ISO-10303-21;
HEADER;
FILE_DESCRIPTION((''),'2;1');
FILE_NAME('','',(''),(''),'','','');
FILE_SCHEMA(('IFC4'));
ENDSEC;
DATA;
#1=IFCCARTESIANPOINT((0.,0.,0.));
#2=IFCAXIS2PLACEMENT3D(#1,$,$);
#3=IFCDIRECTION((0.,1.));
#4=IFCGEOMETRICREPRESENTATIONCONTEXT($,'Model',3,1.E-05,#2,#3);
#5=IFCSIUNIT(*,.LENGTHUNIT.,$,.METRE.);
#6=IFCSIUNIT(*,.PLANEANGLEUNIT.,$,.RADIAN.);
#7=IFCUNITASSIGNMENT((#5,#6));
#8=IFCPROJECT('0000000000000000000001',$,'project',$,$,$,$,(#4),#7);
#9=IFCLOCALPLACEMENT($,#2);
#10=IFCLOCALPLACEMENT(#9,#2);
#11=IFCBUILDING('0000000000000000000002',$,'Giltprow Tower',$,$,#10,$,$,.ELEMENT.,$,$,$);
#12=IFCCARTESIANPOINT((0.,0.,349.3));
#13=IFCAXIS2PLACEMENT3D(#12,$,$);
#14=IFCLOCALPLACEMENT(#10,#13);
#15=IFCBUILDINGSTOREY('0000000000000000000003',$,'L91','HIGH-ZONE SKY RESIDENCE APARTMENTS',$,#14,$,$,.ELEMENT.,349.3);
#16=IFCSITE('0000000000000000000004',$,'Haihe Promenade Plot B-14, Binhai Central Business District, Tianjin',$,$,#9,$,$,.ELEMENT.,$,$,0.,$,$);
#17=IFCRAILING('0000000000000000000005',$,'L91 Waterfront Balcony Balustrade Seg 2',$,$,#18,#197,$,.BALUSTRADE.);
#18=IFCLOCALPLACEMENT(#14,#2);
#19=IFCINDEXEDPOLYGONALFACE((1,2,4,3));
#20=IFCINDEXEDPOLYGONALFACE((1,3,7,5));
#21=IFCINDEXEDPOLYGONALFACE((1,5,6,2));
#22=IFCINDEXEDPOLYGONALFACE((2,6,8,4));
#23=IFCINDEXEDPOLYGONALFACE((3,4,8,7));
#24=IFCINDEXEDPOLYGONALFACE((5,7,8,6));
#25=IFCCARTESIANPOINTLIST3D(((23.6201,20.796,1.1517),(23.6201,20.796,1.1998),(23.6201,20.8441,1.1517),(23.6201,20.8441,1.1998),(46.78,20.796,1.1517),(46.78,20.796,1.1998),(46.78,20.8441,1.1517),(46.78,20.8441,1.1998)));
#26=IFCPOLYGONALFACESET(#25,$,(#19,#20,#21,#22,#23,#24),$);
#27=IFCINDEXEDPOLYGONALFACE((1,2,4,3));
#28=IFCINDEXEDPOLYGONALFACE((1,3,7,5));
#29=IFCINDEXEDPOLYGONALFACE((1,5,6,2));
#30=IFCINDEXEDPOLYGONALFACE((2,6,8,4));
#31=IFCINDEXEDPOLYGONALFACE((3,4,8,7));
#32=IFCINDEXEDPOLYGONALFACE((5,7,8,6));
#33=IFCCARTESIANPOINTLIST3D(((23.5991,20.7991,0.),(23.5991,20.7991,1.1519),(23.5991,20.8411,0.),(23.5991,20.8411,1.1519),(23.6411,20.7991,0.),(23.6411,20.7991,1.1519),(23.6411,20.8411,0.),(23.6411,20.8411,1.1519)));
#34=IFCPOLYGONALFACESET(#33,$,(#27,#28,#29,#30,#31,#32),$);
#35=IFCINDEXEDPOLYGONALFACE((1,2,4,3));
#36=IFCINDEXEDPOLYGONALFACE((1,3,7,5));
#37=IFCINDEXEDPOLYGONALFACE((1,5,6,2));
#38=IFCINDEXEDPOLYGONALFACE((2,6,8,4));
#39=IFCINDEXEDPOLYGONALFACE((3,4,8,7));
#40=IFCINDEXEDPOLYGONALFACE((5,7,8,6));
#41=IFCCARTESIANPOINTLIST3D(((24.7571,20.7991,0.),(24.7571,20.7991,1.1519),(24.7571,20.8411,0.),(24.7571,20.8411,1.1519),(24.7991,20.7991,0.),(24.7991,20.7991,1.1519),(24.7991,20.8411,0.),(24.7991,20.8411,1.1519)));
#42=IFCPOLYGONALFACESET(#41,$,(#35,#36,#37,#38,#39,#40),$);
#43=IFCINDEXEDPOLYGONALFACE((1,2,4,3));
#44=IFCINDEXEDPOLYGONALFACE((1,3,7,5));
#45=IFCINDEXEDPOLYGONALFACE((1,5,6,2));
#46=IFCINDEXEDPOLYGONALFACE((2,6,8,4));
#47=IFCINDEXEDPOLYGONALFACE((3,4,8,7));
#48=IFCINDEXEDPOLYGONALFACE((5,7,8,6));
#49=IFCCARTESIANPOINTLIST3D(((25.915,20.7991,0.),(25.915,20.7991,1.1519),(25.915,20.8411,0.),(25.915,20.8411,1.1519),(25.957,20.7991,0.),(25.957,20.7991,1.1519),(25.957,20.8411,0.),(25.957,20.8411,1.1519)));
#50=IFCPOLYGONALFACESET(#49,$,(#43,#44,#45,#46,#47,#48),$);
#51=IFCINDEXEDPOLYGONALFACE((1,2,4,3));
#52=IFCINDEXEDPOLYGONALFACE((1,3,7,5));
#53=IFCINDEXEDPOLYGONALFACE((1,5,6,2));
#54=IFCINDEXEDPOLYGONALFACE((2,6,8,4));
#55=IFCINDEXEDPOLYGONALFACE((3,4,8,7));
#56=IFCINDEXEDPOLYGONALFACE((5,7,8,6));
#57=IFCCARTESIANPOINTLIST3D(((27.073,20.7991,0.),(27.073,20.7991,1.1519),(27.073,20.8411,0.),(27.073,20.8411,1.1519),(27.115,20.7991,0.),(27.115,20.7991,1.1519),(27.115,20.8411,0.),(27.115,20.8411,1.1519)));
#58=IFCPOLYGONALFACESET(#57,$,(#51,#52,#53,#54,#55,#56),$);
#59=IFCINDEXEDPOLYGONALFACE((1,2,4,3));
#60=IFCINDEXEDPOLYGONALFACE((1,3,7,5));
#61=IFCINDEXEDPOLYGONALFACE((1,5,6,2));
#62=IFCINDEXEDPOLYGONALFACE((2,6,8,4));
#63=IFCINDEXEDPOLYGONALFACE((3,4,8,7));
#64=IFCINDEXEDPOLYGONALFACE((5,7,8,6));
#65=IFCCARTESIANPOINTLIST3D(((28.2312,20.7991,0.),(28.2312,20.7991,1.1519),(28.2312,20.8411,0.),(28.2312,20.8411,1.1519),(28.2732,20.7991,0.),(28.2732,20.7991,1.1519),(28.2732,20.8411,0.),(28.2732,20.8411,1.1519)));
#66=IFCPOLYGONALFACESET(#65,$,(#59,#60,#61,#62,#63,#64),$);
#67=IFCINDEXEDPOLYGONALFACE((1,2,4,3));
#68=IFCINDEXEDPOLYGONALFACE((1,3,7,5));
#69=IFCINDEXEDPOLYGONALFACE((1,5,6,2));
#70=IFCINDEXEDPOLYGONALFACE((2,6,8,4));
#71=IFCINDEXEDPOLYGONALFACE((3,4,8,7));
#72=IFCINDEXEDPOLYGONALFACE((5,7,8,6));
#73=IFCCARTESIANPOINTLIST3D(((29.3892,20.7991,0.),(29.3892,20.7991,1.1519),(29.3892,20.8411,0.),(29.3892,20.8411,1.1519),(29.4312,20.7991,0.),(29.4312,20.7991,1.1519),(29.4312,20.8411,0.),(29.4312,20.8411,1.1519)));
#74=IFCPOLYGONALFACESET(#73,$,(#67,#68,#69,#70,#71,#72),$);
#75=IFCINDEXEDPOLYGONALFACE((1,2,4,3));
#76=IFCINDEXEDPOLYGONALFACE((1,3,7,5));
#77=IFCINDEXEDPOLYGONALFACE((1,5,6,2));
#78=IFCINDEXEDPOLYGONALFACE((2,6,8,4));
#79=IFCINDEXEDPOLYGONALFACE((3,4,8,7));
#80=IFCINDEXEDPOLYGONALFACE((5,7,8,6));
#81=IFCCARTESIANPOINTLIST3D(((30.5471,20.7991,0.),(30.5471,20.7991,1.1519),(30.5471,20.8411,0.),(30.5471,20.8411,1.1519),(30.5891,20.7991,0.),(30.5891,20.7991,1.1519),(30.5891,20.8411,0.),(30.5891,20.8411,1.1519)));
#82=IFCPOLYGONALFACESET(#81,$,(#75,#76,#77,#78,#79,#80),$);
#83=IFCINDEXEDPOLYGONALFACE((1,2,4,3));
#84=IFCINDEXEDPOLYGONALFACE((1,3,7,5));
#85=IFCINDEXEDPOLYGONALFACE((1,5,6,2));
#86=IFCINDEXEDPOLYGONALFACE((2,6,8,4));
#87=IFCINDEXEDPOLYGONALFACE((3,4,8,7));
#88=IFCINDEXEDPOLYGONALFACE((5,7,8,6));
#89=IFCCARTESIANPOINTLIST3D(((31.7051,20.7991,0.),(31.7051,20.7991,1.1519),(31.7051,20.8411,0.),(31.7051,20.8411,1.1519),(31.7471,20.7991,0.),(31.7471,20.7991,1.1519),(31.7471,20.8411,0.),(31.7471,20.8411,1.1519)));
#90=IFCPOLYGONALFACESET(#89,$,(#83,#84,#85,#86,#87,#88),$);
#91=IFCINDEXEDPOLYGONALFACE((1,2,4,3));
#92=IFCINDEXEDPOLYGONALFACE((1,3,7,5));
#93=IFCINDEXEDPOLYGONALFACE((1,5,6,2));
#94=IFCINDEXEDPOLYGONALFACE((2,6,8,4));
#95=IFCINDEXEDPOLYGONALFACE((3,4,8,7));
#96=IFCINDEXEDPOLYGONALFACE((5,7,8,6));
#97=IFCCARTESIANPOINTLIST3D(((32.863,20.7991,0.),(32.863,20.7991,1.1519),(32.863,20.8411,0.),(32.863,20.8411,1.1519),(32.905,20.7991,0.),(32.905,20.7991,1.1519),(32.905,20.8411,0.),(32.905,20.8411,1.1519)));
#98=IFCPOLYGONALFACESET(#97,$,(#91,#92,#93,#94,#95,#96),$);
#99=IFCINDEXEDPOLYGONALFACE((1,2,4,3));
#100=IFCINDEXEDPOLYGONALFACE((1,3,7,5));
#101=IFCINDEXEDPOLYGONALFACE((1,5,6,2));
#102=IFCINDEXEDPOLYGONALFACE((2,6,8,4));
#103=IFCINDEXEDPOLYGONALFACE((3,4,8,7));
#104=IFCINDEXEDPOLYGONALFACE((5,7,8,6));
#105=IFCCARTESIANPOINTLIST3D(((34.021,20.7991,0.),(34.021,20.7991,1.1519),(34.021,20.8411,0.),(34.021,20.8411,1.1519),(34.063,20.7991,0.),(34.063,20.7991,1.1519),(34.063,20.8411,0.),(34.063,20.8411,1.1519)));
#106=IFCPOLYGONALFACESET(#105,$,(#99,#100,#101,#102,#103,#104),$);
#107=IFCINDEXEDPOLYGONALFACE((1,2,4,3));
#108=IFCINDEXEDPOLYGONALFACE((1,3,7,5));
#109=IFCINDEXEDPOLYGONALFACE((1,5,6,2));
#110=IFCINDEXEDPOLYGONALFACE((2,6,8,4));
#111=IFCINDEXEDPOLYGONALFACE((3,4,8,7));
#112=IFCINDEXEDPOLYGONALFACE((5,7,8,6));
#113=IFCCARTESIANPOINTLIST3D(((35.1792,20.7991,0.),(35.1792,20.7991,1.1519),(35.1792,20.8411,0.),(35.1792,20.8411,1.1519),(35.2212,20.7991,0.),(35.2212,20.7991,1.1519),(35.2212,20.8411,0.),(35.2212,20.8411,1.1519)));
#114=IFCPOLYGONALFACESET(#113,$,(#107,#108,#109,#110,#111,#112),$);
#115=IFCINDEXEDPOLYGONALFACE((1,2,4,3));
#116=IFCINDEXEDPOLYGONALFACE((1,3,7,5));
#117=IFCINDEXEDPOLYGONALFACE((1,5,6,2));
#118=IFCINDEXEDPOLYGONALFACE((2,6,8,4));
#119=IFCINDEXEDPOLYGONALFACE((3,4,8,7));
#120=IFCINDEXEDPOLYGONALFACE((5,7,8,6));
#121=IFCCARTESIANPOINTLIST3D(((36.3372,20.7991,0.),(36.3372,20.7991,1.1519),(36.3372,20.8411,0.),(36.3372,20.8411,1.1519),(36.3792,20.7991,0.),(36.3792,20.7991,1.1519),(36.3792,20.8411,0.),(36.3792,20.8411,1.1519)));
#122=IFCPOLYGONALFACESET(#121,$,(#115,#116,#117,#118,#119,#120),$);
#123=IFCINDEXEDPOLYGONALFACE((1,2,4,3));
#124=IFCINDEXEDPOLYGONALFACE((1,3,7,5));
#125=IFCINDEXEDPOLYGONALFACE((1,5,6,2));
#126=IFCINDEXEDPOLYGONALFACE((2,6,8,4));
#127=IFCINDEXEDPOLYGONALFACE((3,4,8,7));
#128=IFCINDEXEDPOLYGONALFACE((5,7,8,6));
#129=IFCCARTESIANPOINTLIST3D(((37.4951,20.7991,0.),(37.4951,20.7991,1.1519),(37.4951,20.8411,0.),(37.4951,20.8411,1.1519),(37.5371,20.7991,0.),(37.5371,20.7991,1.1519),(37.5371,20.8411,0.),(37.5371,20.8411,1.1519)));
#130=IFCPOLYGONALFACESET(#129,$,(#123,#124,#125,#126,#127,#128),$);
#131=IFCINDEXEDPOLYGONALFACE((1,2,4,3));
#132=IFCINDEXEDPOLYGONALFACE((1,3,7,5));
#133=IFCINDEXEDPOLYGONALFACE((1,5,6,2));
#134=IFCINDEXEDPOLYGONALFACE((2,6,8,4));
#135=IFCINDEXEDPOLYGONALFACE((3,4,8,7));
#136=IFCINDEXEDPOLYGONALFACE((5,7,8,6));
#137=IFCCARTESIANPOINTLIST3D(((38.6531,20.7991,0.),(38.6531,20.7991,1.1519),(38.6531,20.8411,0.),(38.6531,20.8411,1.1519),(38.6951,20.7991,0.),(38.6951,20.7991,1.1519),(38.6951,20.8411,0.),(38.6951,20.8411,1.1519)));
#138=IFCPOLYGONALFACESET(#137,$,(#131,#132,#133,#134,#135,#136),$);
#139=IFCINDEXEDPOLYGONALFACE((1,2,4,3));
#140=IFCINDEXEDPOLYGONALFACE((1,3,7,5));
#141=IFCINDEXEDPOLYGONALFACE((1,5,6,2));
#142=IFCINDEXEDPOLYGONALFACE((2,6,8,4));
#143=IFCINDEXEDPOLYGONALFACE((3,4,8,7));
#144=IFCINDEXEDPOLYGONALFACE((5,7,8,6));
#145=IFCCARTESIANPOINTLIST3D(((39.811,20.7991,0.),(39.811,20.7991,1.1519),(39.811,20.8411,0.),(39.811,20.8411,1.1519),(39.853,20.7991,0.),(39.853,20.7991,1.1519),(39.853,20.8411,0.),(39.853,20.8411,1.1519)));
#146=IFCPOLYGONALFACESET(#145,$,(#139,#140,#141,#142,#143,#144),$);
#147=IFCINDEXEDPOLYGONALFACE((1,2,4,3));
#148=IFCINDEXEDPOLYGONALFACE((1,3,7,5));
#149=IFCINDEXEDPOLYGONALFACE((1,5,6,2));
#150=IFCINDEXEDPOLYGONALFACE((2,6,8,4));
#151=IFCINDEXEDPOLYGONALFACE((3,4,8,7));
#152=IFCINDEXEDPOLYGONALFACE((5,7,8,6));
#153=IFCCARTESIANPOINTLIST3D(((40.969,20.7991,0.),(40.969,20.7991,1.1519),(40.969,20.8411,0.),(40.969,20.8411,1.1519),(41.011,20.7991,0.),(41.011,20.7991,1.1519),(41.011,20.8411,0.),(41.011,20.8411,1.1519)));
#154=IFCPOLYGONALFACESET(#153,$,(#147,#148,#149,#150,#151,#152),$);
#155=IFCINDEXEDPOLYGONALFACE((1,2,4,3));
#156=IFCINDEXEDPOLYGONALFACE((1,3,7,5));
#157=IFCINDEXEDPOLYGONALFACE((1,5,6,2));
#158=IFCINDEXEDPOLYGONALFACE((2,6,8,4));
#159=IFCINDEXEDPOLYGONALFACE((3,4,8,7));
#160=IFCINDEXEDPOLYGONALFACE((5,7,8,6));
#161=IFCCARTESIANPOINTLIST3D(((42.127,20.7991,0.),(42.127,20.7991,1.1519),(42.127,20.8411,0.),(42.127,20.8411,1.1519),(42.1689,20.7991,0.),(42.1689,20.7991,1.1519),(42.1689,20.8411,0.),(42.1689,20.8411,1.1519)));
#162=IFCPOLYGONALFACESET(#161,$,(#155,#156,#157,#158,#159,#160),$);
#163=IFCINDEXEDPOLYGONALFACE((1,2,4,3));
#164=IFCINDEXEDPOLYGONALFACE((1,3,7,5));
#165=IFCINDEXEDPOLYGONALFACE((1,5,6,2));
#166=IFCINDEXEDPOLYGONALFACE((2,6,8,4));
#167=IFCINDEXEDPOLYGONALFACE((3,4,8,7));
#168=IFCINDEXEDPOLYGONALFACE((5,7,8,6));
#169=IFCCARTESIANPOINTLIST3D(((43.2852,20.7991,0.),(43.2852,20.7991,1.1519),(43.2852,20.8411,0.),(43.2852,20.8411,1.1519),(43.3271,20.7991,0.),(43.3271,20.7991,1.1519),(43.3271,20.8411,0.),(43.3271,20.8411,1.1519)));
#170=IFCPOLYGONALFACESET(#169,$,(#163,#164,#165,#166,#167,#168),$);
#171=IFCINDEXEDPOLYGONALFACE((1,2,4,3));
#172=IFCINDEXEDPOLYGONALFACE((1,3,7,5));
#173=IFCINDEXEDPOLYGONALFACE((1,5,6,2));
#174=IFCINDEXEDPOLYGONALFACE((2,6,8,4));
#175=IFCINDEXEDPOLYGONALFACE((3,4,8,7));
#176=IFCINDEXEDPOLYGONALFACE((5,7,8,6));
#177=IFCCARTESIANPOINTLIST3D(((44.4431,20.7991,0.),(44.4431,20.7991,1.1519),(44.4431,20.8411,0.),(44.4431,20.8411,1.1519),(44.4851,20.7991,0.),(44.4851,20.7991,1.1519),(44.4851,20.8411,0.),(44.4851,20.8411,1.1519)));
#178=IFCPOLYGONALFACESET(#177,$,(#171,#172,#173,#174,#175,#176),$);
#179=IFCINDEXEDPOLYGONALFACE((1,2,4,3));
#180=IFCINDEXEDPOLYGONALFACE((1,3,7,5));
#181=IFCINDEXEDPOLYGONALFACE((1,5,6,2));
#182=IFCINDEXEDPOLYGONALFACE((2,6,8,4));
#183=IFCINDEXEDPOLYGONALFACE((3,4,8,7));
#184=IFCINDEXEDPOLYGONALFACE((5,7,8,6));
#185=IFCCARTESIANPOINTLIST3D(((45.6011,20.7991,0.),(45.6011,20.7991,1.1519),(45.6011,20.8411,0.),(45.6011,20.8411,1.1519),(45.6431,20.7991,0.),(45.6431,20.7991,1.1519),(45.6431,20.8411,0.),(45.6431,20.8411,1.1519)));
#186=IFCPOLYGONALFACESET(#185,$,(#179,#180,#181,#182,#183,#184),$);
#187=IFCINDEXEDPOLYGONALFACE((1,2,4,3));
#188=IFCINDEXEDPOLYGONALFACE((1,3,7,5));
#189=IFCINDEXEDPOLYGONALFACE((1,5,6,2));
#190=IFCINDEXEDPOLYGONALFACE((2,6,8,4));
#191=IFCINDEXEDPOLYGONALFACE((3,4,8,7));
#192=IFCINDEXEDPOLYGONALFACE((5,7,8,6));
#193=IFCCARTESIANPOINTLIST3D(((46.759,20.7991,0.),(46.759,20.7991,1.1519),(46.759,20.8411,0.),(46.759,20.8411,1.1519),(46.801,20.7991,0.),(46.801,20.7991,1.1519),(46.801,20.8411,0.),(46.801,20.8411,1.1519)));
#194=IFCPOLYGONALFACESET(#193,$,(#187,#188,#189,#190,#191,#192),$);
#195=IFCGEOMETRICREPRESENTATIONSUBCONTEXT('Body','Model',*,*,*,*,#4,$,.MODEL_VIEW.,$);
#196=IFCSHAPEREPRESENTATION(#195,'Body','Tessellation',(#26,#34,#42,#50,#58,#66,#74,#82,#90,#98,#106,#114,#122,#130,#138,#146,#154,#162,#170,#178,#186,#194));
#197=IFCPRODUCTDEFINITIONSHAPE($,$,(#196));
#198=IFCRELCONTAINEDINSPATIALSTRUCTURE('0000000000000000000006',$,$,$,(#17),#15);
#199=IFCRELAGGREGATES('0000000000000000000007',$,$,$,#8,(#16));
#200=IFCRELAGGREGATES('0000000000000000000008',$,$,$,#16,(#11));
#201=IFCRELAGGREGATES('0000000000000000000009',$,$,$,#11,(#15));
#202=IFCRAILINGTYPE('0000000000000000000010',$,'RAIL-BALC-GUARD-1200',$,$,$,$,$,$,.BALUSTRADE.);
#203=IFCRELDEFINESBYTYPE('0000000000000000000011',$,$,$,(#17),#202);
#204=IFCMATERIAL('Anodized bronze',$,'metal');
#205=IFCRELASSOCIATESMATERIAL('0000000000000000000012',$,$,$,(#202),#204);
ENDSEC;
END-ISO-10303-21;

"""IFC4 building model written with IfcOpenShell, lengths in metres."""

from ifc_helpers import new_model, si_unit, direction, frame, origin, origin_2d, place, context, subcontext, project, spatial, rectangle, extrude, material, type_object, element, save


model = new_model("IFC4")

# Units and contexts
model_context = context("Model", 3, precision=1e-05, world=origin(), true_north=direction((0.0, 1.0)))
body_context = subcontext(model_context, "Body", "Model", "MODEL_VIEW")
ifc_project = project(units=[si_unit("LENGTHUNIT", "METRE"), si_unit("PLANEANGLEUNIT", "RADIAN")], contexts=[model_context])

# Site, building, storey
site_placement = place(None, origin())
site = spatial("IfcSite", under=ifc_project, at=site_placement, Name="Haihe Promenade Plot B-14, Binhai Central Business District, Tianjin", CompositionType="ELEMENT", RefElevation=0.0)
building_placement = place(site_placement, origin())
building = spatial("IfcBuilding", under=site, at=building_placement, Name="Giltprow Tower", CompositionType="ELEMENT")
storey_placement = place(building_placement, frame((0.0, 0.0, 349.3)))
storey = spatial("IfcBuildingStorey", under=building, at=storey_placement, Name="L91", Description="HIGH-ZONE SKY RESIDENCE APARTMENTS", CompositionType="ELEMENT", Elevation=349.3)

# Shared definitions
ifc_material_1 = material(Name="Anodized bronze", Category="metal")

# Railing
railing_type = type_object("IfcRailingType", Name="RAIL-BALC-GUARD-1200", PredefinedType="BALUSTRADE", material=ifc_material_1)
railing_1_placement = place(storey_placement, frame((23.6201, 20.8201, 0.0)))
element("IfcRailing", 1, at=railing_1_placement, inside=storey, type_object=railing_type, Name="L91 Waterfront Balcony Balustrade Seg 2", PredefinedType="BALUSTRADE", context=body_context, shape_type="SweptSolid", body=[
    extrude(rectangle(XDim=0.0481, YDim=0.0481, at=origin_2d()), frame((0.0, 0.0, 1.1758), z_axis=(1.0, 0.0, 0.0), x_axis=(0.0, 1.0, 0.0)), (0.0, 0.0, 1.0), 23.1599),
    extrude(rectangle(XDim=0.042, YDim=0.042, at=origin_2d()), origin(), (0.0, 0.0, 1.0), 1.1519),
    extrude(rectangle(XDim=0.042, YDim=0.042, at=origin_2d()), frame((1.158, 0.0, 0.0)), (0.0, 0.0, 1.0), 1.1519),
    extrude(rectangle(XDim=0.042, YDim=0.042, at=origin_2d()), frame((2.3159, 0.0, 0.0)), (0.0, 0.0, 1.0), 1.1519),
    extrude(rectangle(XDim=0.042, YDim=0.042, at=origin_2d()), frame((3.4739, 0.0, 0.0)), (0.0, 0.0, 1.0), 1.1519),
    extrude(rectangle(XDim=0.042, YDim=0.042, at=origin_2d()), frame((4.6321, 0.0, 0.0)), (0.0, 0.0, 1.0), 1.1519),
    extrude(rectangle(XDim=0.042, YDim=0.042, at=origin_2d()), frame((5.79, 0.0, 0.0)), (0.0, 0.0, 1.0), 1.1519),
    extrude(rectangle(XDim=0.042, YDim=0.042, at=origin_2d()), frame((6.948, 0.0, 0.0)), (0.0, 0.0, 1.0), 1.1519),
    extrude(rectangle(XDim=0.042, YDim=0.042, at=origin_2d()), frame((8.106, 0.0, 0.0)), (0.0, 0.0, 1.0), 1.1519),
    extrude(rectangle(XDim=0.042, YDim=0.042, at=origin_2d()), frame((9.2639, 0.0, 0.0)), (0.0, 0.0, 1.0), 1.1519),
    extrude(rectangle(XDim=0.042, YDim=0.042, at=origin_2d()), frame((10.4219, 0.0, 0.0)), (0.0, 0.0, 1.0), 1.1519),
    extrude(rectangle(XDim=0.042, YDim=0.042, at=origin_2d()), frame((11.5801, 0.0, 0.0)), (0.0, 0.0, 1.0), 1.1519),
    extrude(rectangle(XDim=0.042, YDim=0.042, at=origin_2d()), frame((12.738, 0.0, 0.0)), (0.0, 0.0, 1.0), 1.1519),
    extrude(rectangle(XDim=0.042, YDim=0.042, at=origin_2d()), frame((13.896, 0.0, 0.0)), (0.0, 0.0, 1.0), 1.1519),
    extrude(rectangle(XDim=0.042, YDim=0.042, at=origin_2d()), frame((15.054, 0.0, 0.0)), (0.0, 0.0, 1.0), 1.1519),
    extrude(rectangle(XDim=0.042, YDim=0.042, at=origin_2d()), frame((16.2119, 0.0, 0.0)), (0.0, 0.0, 1.0), 1.1519),
    extrude(rectangle(XDim=0.042, YDim=0.042, at=origin_2d()), frame((17.3699, 0.0, 0.0)), (0.0, 0.0, 1.0), 1.1519),
    extrude(rectangle(XDim=0.042, YDim=0.042, at=origin_2d()), frame((18.5278, 0.0, 0.0)), (0.0, 0.0, 1.0), 1.1519),
    extrude(rectangle(XDim=0.042, YDim=0.042, at=origin_2d()), frame((19.686, 0.0, 0.0)), (0.0, 0.0, 1.0), 1.1519),
    extrude(rectangle(XDim=0.042, YDim=0.042, at=origin_2d()), frame((20.844, 0.0, 0.0)), (0.0, 0.0, 1.0), 1.1519),
    extrude(rectangle(XDim=0.042, YDim=0.042, at=origin_2d()), frame((22.002, 0.0, 0.0)), (0.0, 0.0, 1.0), 1.1519),
    extrude(rectangle(XDim=0.042, YDim=0.042, at=origin_2d()), frame((23.1599, 0.0, 0.0)), (0.0, 0.0, 1.0), 1.1519),
])

save(model, "model.ifc")
